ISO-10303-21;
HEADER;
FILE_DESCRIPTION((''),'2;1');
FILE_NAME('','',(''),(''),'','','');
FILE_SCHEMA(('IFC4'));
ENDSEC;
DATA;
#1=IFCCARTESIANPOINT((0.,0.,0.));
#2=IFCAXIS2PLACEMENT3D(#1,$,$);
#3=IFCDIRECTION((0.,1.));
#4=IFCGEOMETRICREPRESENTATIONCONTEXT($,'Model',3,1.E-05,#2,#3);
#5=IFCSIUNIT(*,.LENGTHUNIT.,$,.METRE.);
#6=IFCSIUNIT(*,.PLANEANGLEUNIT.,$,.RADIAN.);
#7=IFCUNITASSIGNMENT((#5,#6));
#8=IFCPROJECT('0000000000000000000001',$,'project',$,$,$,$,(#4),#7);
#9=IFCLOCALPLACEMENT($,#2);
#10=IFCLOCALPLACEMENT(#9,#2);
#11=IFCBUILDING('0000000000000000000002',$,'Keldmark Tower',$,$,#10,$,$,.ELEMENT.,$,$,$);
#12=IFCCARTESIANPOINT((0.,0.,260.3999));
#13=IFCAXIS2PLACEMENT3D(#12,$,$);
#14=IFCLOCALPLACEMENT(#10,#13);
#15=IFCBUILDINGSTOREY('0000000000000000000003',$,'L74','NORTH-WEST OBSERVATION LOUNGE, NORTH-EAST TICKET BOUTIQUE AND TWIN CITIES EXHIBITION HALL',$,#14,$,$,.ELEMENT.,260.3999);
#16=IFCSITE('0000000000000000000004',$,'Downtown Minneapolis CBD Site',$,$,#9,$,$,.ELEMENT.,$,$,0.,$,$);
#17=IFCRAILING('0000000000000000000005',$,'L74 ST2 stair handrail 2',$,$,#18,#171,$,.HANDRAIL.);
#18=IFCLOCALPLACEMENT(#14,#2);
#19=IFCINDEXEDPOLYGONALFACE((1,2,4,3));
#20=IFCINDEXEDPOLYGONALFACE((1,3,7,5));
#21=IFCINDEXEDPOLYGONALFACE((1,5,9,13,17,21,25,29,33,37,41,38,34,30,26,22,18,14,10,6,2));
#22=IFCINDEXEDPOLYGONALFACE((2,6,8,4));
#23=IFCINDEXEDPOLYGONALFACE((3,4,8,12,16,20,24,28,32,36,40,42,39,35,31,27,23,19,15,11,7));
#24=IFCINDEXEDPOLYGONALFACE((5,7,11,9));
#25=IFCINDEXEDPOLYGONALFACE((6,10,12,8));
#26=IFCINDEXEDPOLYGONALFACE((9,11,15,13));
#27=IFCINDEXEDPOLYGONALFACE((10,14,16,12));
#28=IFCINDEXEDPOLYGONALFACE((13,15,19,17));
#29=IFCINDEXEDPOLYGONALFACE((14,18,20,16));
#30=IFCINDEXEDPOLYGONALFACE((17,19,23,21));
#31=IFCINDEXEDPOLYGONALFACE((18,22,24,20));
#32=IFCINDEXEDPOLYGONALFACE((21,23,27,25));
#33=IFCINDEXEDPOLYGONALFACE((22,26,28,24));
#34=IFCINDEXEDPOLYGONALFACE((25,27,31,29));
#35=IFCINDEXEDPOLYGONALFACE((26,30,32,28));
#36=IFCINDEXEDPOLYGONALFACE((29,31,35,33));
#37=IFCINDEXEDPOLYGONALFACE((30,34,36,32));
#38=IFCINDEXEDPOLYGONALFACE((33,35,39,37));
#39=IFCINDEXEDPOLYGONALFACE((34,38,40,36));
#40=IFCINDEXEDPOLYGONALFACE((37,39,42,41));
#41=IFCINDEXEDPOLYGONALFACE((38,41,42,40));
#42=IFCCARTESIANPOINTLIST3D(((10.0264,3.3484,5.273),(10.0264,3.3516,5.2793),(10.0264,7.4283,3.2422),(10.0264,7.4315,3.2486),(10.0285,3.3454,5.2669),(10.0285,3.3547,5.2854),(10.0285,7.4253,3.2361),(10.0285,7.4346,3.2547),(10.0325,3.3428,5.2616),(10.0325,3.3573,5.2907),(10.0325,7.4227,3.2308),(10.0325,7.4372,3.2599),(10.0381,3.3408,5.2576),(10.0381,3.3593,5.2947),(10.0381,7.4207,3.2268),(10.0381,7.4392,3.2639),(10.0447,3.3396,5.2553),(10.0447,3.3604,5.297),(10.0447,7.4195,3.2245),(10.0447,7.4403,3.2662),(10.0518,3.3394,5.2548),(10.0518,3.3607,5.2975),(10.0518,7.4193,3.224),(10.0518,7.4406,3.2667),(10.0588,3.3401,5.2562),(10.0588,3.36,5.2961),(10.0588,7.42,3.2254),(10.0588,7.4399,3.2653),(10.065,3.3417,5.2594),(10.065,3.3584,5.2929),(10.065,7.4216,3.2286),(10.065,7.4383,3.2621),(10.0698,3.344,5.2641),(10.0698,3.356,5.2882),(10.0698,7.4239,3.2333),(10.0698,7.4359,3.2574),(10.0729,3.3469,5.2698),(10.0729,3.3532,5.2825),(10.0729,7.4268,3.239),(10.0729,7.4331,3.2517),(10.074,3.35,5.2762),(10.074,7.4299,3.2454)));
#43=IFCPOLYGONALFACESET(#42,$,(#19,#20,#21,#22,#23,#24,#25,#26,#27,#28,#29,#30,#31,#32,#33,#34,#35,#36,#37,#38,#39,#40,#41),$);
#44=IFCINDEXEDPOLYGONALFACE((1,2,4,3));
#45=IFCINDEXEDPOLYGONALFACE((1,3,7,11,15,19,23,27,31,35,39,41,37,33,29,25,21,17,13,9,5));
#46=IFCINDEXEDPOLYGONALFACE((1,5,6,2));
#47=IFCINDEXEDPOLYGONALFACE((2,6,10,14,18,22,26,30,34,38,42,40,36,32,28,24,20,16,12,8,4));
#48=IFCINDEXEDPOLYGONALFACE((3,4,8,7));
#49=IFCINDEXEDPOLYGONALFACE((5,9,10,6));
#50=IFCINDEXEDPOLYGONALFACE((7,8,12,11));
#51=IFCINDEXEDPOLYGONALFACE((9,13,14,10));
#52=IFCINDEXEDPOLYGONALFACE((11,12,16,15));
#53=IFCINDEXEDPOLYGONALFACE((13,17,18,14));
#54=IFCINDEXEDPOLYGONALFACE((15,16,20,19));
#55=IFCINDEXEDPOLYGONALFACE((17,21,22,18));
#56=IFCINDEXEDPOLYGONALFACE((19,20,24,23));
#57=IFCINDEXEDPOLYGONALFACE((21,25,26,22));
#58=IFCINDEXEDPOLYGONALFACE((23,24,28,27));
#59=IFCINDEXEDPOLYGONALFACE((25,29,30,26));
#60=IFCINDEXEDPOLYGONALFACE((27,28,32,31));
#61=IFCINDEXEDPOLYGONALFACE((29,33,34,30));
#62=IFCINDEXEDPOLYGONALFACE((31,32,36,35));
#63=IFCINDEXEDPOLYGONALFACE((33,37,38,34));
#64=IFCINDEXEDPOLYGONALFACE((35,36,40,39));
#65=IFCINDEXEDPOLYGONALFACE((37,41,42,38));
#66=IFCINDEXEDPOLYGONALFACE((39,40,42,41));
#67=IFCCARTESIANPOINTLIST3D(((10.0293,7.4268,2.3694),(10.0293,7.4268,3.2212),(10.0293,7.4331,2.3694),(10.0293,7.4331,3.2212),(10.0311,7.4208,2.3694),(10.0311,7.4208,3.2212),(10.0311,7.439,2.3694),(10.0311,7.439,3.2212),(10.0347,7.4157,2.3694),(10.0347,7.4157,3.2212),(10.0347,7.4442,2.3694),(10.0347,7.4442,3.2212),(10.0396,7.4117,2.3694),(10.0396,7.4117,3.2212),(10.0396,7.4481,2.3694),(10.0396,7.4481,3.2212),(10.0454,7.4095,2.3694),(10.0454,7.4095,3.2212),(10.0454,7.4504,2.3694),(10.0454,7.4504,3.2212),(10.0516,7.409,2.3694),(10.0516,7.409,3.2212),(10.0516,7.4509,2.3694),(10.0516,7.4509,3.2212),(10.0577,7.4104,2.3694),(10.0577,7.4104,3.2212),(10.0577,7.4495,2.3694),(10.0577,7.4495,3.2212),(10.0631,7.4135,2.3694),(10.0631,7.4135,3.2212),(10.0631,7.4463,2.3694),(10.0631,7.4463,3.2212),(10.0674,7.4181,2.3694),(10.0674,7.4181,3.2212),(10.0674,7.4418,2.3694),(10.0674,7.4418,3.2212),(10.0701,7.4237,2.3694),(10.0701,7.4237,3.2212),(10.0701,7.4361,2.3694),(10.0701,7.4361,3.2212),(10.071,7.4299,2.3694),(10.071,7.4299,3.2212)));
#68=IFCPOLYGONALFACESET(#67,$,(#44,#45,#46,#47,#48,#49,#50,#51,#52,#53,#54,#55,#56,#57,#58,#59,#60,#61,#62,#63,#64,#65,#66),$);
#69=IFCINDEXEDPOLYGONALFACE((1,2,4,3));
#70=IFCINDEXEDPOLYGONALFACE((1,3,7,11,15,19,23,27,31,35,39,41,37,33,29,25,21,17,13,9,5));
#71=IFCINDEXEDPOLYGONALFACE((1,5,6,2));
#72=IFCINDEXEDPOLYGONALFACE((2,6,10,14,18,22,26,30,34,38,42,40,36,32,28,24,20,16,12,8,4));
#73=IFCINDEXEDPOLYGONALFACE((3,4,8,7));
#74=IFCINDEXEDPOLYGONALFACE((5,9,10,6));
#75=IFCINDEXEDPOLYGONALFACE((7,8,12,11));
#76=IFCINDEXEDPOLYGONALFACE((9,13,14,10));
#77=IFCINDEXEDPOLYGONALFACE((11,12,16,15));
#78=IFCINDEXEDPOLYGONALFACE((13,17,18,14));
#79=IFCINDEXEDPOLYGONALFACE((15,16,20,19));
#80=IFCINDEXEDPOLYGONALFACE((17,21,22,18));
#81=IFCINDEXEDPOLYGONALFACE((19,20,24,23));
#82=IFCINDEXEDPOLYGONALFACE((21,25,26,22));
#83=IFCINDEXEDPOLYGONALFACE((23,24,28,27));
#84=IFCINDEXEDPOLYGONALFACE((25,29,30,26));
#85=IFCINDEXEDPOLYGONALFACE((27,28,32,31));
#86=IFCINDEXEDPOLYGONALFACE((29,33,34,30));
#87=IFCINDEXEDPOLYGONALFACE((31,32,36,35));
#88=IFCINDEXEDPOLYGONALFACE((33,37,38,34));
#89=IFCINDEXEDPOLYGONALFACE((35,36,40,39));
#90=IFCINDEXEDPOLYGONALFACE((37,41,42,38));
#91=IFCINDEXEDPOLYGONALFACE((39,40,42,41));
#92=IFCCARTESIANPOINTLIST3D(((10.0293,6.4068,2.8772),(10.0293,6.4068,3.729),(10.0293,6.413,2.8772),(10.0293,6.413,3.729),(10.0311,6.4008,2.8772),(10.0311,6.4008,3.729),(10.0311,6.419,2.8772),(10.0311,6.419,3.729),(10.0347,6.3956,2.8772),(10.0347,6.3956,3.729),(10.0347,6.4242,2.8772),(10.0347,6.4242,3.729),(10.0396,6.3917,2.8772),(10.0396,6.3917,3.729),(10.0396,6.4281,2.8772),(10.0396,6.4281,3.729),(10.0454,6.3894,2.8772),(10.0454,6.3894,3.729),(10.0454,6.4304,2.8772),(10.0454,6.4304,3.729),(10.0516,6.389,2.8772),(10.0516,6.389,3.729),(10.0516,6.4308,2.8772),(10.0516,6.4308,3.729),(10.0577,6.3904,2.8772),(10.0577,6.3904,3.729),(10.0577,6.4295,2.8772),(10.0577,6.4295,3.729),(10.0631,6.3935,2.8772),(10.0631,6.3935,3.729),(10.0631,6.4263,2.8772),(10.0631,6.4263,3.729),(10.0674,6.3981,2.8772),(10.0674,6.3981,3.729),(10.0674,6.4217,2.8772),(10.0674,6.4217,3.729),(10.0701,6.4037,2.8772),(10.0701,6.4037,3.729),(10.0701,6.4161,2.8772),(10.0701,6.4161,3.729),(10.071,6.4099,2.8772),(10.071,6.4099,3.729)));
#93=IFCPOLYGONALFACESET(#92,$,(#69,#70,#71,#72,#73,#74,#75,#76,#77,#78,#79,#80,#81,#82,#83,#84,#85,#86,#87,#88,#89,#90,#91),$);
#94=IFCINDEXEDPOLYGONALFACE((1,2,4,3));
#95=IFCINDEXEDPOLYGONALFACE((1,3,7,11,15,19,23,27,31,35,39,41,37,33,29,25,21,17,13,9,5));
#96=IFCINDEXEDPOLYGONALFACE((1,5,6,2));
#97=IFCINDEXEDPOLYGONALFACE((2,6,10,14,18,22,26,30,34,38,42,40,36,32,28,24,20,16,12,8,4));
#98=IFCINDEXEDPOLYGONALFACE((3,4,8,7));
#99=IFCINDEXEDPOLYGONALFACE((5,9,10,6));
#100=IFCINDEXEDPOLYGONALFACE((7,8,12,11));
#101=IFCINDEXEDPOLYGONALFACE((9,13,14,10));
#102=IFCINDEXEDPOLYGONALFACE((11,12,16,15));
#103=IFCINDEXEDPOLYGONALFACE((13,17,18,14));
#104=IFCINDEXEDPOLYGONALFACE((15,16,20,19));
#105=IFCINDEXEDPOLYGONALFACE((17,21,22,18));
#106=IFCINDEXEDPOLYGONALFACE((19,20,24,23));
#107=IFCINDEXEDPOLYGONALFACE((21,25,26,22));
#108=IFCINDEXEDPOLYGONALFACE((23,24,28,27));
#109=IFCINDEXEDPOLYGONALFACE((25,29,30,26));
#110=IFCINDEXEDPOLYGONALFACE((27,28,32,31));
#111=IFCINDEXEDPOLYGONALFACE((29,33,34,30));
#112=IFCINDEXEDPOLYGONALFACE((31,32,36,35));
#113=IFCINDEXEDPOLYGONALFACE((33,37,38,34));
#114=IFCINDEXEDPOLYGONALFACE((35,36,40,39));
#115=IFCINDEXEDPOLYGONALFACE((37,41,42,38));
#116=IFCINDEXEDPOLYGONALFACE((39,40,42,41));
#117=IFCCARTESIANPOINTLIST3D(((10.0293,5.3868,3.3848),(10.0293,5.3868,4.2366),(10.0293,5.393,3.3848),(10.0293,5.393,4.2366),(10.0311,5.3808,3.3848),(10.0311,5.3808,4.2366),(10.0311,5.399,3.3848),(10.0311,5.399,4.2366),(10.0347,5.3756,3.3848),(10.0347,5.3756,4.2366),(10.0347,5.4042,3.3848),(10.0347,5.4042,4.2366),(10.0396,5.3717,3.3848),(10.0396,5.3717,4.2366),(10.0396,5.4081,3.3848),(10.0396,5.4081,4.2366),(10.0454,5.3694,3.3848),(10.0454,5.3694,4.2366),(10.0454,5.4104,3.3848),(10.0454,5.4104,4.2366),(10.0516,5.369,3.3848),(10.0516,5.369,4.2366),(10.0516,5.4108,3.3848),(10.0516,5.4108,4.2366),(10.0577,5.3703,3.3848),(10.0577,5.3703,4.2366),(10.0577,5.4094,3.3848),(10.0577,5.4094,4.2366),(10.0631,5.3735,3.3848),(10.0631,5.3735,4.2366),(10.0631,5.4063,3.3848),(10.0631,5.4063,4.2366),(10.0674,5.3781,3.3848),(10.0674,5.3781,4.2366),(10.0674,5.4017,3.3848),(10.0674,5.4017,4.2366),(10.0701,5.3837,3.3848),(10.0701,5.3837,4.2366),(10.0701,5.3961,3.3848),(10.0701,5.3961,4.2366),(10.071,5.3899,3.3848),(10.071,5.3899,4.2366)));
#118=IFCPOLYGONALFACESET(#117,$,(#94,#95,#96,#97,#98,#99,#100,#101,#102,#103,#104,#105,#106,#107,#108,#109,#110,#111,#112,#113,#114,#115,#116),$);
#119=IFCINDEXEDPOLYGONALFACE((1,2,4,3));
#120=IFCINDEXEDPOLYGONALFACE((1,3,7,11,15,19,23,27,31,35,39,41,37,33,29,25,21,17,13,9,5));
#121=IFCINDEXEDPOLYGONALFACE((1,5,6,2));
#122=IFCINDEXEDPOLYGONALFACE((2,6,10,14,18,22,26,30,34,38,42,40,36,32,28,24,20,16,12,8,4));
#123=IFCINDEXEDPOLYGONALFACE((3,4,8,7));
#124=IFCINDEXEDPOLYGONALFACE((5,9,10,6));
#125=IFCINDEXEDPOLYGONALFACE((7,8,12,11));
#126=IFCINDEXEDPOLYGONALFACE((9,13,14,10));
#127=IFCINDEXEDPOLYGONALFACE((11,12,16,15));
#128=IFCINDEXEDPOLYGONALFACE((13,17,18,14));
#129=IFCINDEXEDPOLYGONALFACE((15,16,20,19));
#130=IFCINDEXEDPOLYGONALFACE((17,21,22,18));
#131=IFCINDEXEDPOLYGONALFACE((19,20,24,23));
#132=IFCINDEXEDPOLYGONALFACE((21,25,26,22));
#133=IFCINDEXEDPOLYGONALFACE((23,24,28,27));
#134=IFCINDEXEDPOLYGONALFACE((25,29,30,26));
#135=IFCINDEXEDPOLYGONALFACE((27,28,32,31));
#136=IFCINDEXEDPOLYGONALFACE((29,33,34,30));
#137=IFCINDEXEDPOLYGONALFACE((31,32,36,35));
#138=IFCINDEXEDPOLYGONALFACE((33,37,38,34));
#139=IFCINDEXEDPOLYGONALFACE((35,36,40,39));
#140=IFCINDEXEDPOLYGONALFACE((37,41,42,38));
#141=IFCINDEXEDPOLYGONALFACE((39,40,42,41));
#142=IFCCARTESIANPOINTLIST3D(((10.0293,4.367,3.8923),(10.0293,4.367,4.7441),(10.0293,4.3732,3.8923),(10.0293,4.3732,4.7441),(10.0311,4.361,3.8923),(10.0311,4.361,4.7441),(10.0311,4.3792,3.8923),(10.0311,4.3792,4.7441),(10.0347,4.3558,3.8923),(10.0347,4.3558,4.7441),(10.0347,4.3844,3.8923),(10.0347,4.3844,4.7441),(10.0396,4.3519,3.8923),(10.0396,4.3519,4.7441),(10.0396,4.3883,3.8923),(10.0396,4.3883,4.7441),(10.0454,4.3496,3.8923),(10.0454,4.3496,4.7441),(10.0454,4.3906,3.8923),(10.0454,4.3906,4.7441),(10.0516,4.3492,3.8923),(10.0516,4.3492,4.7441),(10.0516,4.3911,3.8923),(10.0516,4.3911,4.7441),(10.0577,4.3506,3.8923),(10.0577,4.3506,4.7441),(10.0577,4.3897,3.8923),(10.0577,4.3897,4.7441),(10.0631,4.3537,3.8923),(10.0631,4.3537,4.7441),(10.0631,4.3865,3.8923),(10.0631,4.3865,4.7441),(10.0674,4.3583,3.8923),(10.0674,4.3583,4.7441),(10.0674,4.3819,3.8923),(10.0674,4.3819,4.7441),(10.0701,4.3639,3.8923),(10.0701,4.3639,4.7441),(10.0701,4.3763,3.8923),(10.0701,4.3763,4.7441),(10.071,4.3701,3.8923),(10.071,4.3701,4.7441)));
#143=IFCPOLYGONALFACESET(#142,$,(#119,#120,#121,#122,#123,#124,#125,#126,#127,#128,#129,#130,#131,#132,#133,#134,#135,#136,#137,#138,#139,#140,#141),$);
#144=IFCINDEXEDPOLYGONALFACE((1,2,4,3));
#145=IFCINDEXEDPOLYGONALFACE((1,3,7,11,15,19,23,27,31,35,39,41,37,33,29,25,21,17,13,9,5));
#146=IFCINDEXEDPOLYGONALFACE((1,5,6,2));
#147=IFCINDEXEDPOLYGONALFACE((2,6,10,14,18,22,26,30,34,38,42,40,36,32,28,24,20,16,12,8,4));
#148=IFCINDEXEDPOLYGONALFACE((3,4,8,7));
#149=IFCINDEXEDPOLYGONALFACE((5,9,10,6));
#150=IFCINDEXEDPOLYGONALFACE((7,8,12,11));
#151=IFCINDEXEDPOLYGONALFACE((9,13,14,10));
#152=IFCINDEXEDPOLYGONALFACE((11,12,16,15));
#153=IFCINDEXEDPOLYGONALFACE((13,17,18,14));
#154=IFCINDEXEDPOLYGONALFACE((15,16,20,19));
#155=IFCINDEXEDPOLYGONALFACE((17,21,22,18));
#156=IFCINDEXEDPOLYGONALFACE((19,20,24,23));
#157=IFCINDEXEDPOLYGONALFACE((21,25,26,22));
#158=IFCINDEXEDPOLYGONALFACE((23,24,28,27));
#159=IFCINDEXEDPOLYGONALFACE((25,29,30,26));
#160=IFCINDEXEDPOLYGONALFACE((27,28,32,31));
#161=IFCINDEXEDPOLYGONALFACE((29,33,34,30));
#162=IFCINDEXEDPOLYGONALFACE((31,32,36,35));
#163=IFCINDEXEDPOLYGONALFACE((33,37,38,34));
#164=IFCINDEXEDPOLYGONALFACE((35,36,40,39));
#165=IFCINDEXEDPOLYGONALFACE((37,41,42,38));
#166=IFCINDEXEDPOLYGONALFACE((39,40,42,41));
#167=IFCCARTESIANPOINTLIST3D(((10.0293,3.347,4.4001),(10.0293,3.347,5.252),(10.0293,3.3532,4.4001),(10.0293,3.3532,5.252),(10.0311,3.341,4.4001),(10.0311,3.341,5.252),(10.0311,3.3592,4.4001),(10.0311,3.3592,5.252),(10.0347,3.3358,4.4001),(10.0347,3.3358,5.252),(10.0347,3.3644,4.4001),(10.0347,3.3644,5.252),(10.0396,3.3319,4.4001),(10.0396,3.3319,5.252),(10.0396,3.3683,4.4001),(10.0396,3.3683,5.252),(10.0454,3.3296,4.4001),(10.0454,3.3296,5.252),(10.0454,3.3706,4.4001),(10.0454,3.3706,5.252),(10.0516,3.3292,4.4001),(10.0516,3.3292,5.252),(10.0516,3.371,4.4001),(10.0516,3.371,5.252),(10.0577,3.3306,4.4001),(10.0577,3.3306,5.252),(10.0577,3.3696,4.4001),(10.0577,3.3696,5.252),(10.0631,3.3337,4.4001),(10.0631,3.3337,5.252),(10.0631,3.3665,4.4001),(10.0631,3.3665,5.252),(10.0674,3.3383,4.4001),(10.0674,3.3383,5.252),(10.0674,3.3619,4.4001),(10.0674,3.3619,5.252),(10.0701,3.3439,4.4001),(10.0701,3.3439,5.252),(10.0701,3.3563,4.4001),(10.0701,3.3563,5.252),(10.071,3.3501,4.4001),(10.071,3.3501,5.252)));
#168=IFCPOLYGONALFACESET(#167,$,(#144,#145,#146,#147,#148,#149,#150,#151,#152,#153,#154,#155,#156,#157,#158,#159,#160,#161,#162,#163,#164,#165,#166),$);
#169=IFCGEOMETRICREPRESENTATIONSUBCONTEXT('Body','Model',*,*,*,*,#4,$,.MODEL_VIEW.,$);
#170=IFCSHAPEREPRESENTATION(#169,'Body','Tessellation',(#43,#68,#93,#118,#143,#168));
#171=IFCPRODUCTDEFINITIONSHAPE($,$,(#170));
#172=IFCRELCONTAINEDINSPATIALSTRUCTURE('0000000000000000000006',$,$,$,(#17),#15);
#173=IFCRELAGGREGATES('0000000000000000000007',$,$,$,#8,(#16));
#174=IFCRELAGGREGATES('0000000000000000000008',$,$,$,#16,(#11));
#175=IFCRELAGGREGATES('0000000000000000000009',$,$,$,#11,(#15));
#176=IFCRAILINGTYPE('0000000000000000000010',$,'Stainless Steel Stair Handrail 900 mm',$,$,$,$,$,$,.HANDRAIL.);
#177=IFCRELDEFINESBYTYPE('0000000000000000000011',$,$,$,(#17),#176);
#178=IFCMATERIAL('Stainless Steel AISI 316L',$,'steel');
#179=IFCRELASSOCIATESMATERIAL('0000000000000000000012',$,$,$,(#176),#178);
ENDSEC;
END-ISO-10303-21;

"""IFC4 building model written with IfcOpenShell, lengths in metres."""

from ifc_helpers import new_model, si_unit, direction, frame, origin, origin_2d, place, context, subcontext, project, spatial, circle, extrude, material, type_object, element, save


model = new_model("IFC4")

# Units and contexts
model_context = context("Model", 3, precision=1e-05, world=origin(), true_north=direction((0.0, 1.0)))
body_context = subcontext(model_context, "Body", "Model", "MODEL_VIEW")
ifc_project = project(units=[si_unit("LENGTHUNIT", "METRE"), si_unit("PLANEANGLEUNIT", "RADIAN")], contexts=[model_context])

# Site, building, storey
site_placement = place(None, origin())
site = spatial("IfcSite", under=ifc_project, at=site_placement, Name="Downtown Minneapolis CBD Site", CompositionType="ELEMENT", RefElevation=0.0)
building_placement = place(site_placement, origin())
building = spatial("IfcBuilding", under=site, at=building_placement, Name="Keldmark Tower", CompositionType="ELEMENT")
storey_placement = place(building_placement, frame((0.0, 0.0, 260.3999)))
storey = spatial("IfcBuildingStorey", under=building, at=storey_placement, Name="L74", Description="NORTH-WEST OBSERVATION LOUNGE, NORTH-EAST TICKET BOUTIQUE AND TWIN CITIES EXHIBITION HALL", CompositionType="ELEMENT", Elevation=260.3999)

# Railing
ifc_material_1 = material(Name="Stainless Steel AISI 316L", Category="steel")
railing_type_1 = type_object("IfcRailingType", Name="Stainless Steel Stair Handrail 900 mm", PredefinedType="HANDRAIL", material=ifc_material_1)
railing_1_placement = place(storey_placement, frame((10.05, 7.4299, 2.3694)))
element("IfcRailing", 1, at=railing_1_placement, inside=storey, type_object=railing_type_1, Name="L74 ST2 stair handrail 2", PredefinedType="HANDRAIL", context=body_context, shape_type="SweptSolid", body=[
    extrude(circle(Radius=0.0239, at=origin_2d()), frame((0.0, 0.0, 0.876), z_axis=(0.0, -0.895229, 0.445606), x_axis=(1.0, 0.0, 0.0)), (0.0, 0.0, 1.0), 4.5574),
    extrude(circle(Radius=0.021, at=origin_2d()), origin(), (0.0, 0.0, 1.0), 0.8518),
    extrude(circle(Radius=0.021, at=origin_2d()), frame((0.0, -1.02, 0.5078)), (0.0, 0.0, 1.0), 0.8518),
    extrude(circle(Radius=0.021, at=origin_2d()), frame((0.0, -2.04, 1.0154)), (0.0, 0.0, 1.0), 0.8518),
    extrude(circle(Radius=0.021, at=origin_2d()), frame((0.0, -3.0598, 1.5229)), (0.0, 0.0, 1.0), 0.8518),
    extrude(circle(Radius=0.021, at=origin_2d()), frame((0.0, -4.0798, 2.0308)), (0.0, 0.0, 1.0), 0.8518),
])

save(model, "model.ifc")
